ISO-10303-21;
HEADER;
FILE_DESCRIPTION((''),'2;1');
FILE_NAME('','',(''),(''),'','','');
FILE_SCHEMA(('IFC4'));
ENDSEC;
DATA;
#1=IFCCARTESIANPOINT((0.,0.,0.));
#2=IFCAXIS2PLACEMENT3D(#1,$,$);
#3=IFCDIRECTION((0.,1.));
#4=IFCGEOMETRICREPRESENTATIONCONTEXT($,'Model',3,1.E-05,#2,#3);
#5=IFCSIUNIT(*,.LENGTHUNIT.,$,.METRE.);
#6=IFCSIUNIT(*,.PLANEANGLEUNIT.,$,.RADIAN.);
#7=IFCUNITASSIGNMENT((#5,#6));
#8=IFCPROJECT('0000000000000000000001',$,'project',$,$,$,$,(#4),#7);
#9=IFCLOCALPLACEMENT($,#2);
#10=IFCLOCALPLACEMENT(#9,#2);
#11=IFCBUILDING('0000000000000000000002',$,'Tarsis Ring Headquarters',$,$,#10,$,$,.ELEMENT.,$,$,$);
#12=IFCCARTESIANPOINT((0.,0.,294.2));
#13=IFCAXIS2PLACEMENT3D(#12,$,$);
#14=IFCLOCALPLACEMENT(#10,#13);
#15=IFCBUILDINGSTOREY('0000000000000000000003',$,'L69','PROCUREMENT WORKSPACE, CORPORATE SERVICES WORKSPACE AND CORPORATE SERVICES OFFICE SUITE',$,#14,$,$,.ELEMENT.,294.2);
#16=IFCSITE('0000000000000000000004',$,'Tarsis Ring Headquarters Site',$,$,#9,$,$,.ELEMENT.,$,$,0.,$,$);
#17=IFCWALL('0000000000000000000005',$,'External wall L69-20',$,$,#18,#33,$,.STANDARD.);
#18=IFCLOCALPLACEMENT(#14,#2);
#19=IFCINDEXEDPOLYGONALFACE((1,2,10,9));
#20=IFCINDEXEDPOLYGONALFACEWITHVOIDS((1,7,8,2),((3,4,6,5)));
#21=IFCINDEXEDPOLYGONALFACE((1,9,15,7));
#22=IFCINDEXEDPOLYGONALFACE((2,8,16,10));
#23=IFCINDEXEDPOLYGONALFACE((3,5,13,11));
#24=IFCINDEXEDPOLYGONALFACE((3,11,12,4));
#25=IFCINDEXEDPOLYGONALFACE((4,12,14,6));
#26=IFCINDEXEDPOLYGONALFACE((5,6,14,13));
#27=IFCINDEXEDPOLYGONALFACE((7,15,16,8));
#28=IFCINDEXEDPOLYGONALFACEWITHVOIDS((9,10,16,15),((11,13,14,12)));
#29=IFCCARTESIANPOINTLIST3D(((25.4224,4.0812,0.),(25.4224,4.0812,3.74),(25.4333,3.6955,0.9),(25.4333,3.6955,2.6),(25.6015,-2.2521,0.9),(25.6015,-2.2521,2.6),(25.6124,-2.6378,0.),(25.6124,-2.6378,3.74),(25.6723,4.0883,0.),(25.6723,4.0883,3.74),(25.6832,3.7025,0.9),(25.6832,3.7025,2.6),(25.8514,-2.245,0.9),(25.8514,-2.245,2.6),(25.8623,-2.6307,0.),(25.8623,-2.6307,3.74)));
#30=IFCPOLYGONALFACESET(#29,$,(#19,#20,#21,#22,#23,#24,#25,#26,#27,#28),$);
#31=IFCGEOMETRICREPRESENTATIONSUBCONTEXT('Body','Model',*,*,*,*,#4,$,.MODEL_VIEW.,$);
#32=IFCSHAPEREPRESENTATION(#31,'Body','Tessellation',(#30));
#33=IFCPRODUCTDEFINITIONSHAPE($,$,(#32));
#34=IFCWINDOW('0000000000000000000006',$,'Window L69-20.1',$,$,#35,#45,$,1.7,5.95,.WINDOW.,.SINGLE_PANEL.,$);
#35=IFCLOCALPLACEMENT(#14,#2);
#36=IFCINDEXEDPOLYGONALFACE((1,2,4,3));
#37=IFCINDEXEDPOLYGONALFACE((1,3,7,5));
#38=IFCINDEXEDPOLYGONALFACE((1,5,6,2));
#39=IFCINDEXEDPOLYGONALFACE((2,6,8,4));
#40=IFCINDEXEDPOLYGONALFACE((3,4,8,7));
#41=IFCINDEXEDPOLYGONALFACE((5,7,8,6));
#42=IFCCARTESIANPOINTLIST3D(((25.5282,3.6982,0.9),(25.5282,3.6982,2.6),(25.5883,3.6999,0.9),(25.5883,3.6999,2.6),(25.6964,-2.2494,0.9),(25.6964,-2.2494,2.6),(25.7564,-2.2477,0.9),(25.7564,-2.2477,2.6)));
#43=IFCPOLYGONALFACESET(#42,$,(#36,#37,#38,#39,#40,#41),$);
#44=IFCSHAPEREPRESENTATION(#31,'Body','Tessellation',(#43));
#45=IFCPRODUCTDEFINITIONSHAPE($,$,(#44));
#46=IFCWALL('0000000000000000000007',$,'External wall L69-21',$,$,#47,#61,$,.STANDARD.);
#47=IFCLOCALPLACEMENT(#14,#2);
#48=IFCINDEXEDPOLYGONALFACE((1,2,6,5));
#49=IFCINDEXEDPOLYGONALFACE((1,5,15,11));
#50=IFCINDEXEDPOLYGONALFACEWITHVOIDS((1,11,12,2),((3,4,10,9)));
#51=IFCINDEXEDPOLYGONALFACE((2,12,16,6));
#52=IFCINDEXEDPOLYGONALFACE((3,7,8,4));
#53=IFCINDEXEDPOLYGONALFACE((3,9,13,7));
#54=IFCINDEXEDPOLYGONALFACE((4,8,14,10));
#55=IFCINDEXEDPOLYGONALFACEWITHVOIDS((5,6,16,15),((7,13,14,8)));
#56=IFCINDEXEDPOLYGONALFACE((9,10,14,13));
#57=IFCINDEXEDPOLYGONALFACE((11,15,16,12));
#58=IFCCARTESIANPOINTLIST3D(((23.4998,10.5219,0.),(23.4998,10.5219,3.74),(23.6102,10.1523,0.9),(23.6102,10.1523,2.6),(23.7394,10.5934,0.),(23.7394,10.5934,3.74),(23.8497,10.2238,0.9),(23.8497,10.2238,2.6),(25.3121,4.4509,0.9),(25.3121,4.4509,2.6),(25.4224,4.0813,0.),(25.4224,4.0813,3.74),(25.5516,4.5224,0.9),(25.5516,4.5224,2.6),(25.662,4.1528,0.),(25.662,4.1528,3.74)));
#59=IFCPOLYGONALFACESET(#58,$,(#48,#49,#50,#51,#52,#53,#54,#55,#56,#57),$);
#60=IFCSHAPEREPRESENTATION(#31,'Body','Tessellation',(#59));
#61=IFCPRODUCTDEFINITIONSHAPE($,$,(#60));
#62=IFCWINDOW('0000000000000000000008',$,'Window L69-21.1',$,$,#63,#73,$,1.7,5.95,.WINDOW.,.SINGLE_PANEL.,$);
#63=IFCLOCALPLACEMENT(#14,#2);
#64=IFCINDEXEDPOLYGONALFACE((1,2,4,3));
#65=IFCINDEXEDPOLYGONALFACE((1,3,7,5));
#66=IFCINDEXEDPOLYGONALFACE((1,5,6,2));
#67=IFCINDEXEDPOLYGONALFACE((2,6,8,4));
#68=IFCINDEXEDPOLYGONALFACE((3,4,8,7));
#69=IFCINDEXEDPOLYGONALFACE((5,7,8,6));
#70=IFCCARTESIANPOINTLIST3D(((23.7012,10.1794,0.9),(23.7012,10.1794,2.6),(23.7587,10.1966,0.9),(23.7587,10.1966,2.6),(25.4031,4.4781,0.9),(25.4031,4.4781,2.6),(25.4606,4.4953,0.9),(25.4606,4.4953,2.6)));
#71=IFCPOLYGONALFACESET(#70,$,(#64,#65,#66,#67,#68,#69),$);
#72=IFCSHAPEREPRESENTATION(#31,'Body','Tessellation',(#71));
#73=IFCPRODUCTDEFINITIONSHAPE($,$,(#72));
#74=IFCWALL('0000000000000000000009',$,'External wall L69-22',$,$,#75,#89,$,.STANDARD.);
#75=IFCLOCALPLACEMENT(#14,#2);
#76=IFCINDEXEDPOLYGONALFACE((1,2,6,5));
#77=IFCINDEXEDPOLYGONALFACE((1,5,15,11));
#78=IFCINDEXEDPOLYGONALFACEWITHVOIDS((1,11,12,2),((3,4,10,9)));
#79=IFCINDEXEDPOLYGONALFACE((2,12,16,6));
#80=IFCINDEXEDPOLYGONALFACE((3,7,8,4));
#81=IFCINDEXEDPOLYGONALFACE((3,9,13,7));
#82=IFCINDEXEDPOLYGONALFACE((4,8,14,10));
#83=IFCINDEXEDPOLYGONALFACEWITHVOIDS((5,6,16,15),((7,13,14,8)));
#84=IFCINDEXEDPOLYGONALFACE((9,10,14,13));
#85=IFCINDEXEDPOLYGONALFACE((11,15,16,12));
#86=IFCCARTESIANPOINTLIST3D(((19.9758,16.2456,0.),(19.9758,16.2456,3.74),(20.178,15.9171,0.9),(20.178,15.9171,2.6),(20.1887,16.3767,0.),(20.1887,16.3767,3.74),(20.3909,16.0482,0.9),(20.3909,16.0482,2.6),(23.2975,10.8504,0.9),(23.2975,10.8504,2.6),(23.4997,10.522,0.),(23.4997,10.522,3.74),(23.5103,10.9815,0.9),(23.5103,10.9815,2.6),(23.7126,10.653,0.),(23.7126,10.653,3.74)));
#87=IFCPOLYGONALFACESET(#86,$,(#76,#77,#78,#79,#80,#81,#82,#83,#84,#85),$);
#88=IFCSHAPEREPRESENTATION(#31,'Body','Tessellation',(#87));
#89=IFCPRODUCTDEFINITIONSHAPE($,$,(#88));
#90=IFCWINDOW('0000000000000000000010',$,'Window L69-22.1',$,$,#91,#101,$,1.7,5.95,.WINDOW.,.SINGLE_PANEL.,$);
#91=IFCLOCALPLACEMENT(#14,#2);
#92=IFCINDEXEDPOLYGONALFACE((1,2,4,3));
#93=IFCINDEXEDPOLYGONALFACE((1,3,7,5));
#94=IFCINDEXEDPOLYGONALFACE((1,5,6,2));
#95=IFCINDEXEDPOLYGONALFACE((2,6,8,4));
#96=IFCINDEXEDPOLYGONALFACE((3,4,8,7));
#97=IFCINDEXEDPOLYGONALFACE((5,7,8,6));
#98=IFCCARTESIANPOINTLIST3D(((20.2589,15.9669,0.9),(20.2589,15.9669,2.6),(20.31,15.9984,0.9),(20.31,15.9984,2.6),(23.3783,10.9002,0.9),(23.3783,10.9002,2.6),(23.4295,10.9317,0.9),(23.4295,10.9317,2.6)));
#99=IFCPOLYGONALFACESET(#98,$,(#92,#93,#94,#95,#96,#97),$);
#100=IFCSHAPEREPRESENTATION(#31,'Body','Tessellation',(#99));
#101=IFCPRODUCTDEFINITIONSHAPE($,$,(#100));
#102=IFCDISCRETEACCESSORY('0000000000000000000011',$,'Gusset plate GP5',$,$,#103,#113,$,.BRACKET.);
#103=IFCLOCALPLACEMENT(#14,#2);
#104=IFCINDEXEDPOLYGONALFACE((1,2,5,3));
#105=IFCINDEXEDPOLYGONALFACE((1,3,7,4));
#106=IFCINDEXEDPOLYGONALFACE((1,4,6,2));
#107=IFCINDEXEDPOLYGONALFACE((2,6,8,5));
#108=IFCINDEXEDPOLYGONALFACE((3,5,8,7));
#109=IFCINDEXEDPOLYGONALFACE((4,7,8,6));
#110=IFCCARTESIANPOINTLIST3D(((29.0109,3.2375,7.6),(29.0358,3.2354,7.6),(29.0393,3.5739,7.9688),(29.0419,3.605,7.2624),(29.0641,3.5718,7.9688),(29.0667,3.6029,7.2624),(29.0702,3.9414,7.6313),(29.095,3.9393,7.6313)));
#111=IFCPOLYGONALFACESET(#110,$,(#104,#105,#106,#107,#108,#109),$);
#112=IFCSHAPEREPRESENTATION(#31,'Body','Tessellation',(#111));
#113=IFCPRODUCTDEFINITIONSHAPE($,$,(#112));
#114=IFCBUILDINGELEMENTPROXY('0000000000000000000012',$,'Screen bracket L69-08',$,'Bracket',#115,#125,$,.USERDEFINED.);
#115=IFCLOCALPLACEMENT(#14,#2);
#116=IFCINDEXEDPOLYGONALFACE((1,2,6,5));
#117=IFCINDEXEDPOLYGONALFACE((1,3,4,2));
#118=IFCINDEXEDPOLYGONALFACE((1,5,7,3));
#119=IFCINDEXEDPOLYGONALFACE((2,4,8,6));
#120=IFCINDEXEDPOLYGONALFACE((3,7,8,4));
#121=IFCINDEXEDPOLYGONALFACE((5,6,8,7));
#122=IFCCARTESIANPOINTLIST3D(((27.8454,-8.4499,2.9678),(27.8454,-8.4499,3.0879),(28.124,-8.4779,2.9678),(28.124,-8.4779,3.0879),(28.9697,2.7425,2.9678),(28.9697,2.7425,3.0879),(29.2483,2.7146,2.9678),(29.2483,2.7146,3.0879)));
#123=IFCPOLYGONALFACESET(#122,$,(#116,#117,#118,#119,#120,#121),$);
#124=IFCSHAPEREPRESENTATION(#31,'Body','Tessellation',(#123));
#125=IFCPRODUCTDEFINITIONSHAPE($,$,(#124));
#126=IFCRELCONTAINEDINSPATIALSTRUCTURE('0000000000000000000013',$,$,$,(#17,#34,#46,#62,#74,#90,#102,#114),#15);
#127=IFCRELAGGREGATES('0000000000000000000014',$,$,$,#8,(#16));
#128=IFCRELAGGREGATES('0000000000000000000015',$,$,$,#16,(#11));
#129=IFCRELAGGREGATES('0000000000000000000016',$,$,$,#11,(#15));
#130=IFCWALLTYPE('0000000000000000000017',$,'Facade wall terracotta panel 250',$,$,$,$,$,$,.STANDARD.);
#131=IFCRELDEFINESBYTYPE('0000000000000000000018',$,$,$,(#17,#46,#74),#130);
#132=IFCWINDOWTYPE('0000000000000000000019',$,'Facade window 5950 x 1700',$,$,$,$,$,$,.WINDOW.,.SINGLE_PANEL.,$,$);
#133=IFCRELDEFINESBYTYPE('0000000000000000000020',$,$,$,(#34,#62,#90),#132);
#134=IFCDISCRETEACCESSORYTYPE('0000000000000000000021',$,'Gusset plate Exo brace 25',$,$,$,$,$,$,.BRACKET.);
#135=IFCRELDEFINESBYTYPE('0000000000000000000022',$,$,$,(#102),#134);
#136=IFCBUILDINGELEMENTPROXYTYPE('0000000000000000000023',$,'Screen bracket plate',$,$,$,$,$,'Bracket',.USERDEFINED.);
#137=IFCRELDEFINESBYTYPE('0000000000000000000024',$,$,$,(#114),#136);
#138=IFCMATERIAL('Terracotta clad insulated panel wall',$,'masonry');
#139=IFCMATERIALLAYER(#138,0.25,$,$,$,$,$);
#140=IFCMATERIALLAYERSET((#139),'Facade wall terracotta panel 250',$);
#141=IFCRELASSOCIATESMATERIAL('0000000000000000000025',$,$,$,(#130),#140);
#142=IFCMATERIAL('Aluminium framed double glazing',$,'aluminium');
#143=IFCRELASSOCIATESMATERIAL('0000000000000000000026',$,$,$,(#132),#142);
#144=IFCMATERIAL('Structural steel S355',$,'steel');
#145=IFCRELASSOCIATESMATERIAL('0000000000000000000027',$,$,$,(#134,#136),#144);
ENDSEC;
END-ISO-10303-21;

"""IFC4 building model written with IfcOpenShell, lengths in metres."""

from ifc_helpers import new_model, si_unit, direction, frame, frame_2d, origin, origin_2d, place, context, subcontext, project, spatial, rectangle, extrude, material, layer, layer_set, material_profile, profile_set, type_object, element, fill, save


model = new_model("IFC4")

# Units and contexts
model_context = context("Model", 3, precision=1e-05, world=origin(), true_north=direction((0.0, 1.0)))
body_context = subcontext(model_context, "Body", "Model", "MODEL_VIEW")
ifc_project = project(units=[si_unit("LENGTHUNIT", "METRE"), si_unit("PLANEANGLEUNIT", "RADIAN")], contexts=[model_context])

# Site, building, storey
site_placement = place(None, origin())
site = spatial("IfcSite", under=ifc_project, at=site_placement, Name="Tarsis Ring Headquarters Site", CompositionType="ELEMENT", RefElevation=0.0)
building_placement = place(site_placement, origin())
building = spatial("IfcBuilding", under=site, at=building_placement, Name="Tarsis Ring Headquarters", CompositionType="ELEMENT")
storey_placement = place(building_placement, frame((0.0, 0.0, 294.2)))
storey = spatial("IfcBuildingStorey", under=building, at=storey_placement, Name="L69", Description="PROCUREMENT WORKSPACE, CORPORATE SERVICES WORKSPACE AND CORPORATE SERVICES OFFICE SUITE", CompositionType="ELEMENT", Elevation=294.2)

# Shared definitions
ifc_material_1 = material(Name="Structural steel S355", Category="steel")

# Walls, openings, windows
ifc_material_2 = material(Name="Terracotta clad insulated panel wall", Category="masonry")
ifc_layer_1 = layer(ifc_material_2, 0.25)
ifc_layer_set_1 = layer_set([ifc_layer_1], Name="Facade wall terracotta panel 250")
wall_type_1 = type_object("IfcWallType", Name="Facade wall terracotta panel 250", PredefinedType="STANDARD", material=ifc_layer_set_1)
wall_1_placement = place(storey_placement, frame((25.7373, -2.6343, 0.0), z_axis=(0.0, 0.0, 1.0), x_axis=(-0.028258, 0.999601, 0.0)))
wall_1 = element("IfcWall", 1, at=wall_1_placement, inside=storey, type_object=wall_type_1, Name="External wall L69-20", PredefinedType="STANDARD", context=body_context, shape_type="SweptSolid", body=[
    extrude(rectangle(XDim=6.7217, YDim=0.25, at=frame_2d((3.3608, 0.0))), origin(), (0.0, 0.0, 1.0), 3.74),
])
opening_1_placement = place(wall_1_placement, frame((0.3857, 0.0, 0.8999)))
opening_1 = element("IfcOpeningElement", 2, at=opening_1_placement, cuts=wall_1, PredefinedType="OPENING", context=body_context, shape_type="SweptSolid", body=[
    extrude(rectangle(XDim=5.95, YDim=1.7, at=frame_2d((2.9751, 0.8501))), frame((0.0, 0.135, 0.0), z_axis=(0.0, -1.0, 0.0), x_axis=(1.0, 0.0, 0.0)), (0.0, 0.0, 1.0), 0.27),
])
ifc_material_3 = material(Name="Aluminium framed double glazing", Category="aluminium")
window_type = type_object("IfcWindowType", Name="Facade window 5950 x 1700", PartitioningType="SINGLE_PANEL", PredefinedType="WINDOW", material=ifc_material_3)
window_1_placement = place(opening_1_placement, origin())
window_1 = element("IfcWindow", 3, at=window_1_placement, inside=storey, type_object=window_type, Name="Window L69-20.1", OverallHeight=1.7, OverallWidth=5.95, PartitioningType="SINGLE_PANEL", PredefinedType="WINDOW", context=body_context, shape_type="SweptSolid", body=[
    extrude(rectangle(XDim=5.95, YDim=1.7, at=frame_2d((2.9751, 0.8501))), frame((0.0, 0.03, 0.0), z_axis=(0.0, -1.0, 0.0), x_axis=(1.0, 0.0, 0.0)), (0.0, 0.0, 1.0), 0.0601),
])
fill(opening_1, window_1)
wall_2_placement = place(storey_placement, frame((25.5422, 4.1169, 0.0), z_axis=(0.0, 0.0, 1.0), x_axis=(-0.286038, 0.958218, 0.0)))
wall_2 = element("IfcWall", 4, at=wall_2_placement, inside=storey, type_object=wall_type_1, Name="External wall L69-21", PredefinedType="STANDARD", context=body_context, shape_type="SweptSolid", body=[
    extrude(rectangle(XDim=6.7214, YDim=0.25, at=frame_2d((3.3608, 0.0))), origin(), (0.0, 0.0, 1.0), 3.74),
])
opening_2_placement = place(wall_2_placement, frame((0.3857, 0.0, 0.8999)))
opening_2 = element("IfcOpeningElement", 5, at=opening_2_placement, cuts=wall_2, PredefinedType="OPENING", context=body_context, shape_type="SweptSolid", body=[
    extrude(rectangle(XDim=5.95, YDim=1.7, at=frame_2d((2.9751, 0.8501))), frame((0.0, 0.135, 0.0), z_axis=(0.0, -1.0, 0.0), x_axis=(1.0, 0.0, 0.0)), (0.0, 0.0, 1.0), 0.27),
])
window_2_placement = place(opening_2_placement, origin())
window_2 = element("IfcWindow", 6, at=window_2_placement, inside=storey, type_object=window_type, Name="Window L69-21.1", OverallHeight=1.7, OverallWidth=5.95, PartitioningType="SINGLE_PANEL", PredefinedType="WINDOW", context=body_context, shape_type="SweptSolid", body=[
    extrude(rectangle(XDim=5.95, YDim=1.7, at=frame_2d((2.9751, 0.8501))), frame((0.0, 0.03, 0.0), z_axis=(0.0, -1.0, 0.0), x_axis=(1.0, 0.0, 0.0)), (0.0, 0.0, 1.0), 0.0601),
])
fill(opening_2, window_2)
wall_3_placement = place(storey_placement, frame((23.6062, 10.5874, 0.0), z_axis=(0.0, 0.0, 1.0), x_axis=(-0.52428, 0.851546, 0.0)))
wall_3 = element("IfcWall", 7, at=wall_3_placement, inside=storey, type_object=wall_type_1, Name="External wall L69-22", PredefinedType="STANDARD", context=body_context, shape_type="SweptSolid", body=[
    extrude(rectangle(XDim=6.7214, YDim=0.25, at=frame_2d((3.3608, 0.0))), origin(), (0.0, 0.0, 1.0), 3.74),
])
opening_3_placement = place(wall_3_placement, frame((0.3857, 0.0, 0.8999)))
opening_3 = element("IfcOpeningElement", 8, at=opening_3_placement, cuts=wall_3, PredefinedType="OPENING", context=body_context, shape_type="SweptSolid", body=[
    extrude(rectangle(XDim=5.95, YDim=1.7, at=frame_2d((2.9751, 0.8501))), frame((0.0, 0.135, 0.0), z_axis=(0.0, -1.0, 0.0), x_axis=(1.0, 0.0, 0.0)), (0.0, 0.0, 1.0), 0.27),
])
window_3_placement = place(opening_3_placement, origin())
window_3 = element("IfcWindow", 9, at=window_3_placement, inside=storey, type_object=window_type, Name="Window L69-22.1", OverallHeight=1.7, OverallWidth=5.95, PartitioningType="SINGLE_PANEL", PredefinedType="WINDOW", context=body_context, shape_type="SweptSolid", body=[
    extrude(rectangle(XDim=5.95, YDim=1.7, at=frame_2d((2.9751, 0.8501))), frame((0.0, 0.03, 0.0), z_axis=(0.0, -1.0, 0.0), x_axis=(1.0, 0.0, 0.0)), (0.0, 0.0, 1.0), 0.0601),
])
fill(opening_3, window_3)

# Discrete accessory
ifc_material_profile_1 = material_profile(ifc_material_1, rectangle(XDim=0.0249, YDim=0.5, at=origin_2d()), Name="PL 25x500")
ifc_profile_set_1 = profile_set([ifc_material_profile_1], Name="Structural steel S355")
discrete_accessory_type = type_object("IfcDiscreteAccessoryType", Name="Gusset plate Exo brace 25", PredefinedType="BRACKET", material=ifc_profile_set_1)
discrete_accessory_placement = place(storey_placement, frame((29.0671, 3.7566, 7.8), z_axis=(-0.056633, -0.672759, -0.737691), x_axis=(0.996476, -0.083883, 0.0)))
element("IfcDiscreteAccessory", 10, at=discrete_accessory_placement, inside=storey, type_object=discrete_accessory_type, Name="Gusset plate GP5", PredefinedType="BRACKET", context=body_context, shape_type="SweptSolid", body=[
    extrude(rectangle(XDim=0.0249, YDim=0.5, at=origin_2d()), origin(), (0.0, 0.0, 1.0), 0.5),
])

# Building element proxy
building_element_proxy_type = type_object("IfcBuildingElementProxyType", Name="Screen bracket plate", ElementType="Bracket", PredefinedType="USERDEFINED", material=ifc_material_1)
proxy_placement = place(storey_placement, frame((28.5469, -2.8677, 2.9678), z_axis=(0.0, 0.0, 1.0), x_axis=(0.099949, 0.994993, 0.0)))
element("IfcBuildingElementProxy", 11, at=proxy_placement, inside=storey, type_object=building_element_proxy_type, Name="Screen bracket L69-08", ObjectType="Bracket", PredefinedType="USERDEFINED", context=body_context, shape_type="SweptSolid", body=[
    extrude(rectangle(XDim=11.2488, YDim=0.28, at=origin_2d()), origin(), (0.0, 0.0, 1.0), 0.1201),
])

save(model, "model.ifc")
